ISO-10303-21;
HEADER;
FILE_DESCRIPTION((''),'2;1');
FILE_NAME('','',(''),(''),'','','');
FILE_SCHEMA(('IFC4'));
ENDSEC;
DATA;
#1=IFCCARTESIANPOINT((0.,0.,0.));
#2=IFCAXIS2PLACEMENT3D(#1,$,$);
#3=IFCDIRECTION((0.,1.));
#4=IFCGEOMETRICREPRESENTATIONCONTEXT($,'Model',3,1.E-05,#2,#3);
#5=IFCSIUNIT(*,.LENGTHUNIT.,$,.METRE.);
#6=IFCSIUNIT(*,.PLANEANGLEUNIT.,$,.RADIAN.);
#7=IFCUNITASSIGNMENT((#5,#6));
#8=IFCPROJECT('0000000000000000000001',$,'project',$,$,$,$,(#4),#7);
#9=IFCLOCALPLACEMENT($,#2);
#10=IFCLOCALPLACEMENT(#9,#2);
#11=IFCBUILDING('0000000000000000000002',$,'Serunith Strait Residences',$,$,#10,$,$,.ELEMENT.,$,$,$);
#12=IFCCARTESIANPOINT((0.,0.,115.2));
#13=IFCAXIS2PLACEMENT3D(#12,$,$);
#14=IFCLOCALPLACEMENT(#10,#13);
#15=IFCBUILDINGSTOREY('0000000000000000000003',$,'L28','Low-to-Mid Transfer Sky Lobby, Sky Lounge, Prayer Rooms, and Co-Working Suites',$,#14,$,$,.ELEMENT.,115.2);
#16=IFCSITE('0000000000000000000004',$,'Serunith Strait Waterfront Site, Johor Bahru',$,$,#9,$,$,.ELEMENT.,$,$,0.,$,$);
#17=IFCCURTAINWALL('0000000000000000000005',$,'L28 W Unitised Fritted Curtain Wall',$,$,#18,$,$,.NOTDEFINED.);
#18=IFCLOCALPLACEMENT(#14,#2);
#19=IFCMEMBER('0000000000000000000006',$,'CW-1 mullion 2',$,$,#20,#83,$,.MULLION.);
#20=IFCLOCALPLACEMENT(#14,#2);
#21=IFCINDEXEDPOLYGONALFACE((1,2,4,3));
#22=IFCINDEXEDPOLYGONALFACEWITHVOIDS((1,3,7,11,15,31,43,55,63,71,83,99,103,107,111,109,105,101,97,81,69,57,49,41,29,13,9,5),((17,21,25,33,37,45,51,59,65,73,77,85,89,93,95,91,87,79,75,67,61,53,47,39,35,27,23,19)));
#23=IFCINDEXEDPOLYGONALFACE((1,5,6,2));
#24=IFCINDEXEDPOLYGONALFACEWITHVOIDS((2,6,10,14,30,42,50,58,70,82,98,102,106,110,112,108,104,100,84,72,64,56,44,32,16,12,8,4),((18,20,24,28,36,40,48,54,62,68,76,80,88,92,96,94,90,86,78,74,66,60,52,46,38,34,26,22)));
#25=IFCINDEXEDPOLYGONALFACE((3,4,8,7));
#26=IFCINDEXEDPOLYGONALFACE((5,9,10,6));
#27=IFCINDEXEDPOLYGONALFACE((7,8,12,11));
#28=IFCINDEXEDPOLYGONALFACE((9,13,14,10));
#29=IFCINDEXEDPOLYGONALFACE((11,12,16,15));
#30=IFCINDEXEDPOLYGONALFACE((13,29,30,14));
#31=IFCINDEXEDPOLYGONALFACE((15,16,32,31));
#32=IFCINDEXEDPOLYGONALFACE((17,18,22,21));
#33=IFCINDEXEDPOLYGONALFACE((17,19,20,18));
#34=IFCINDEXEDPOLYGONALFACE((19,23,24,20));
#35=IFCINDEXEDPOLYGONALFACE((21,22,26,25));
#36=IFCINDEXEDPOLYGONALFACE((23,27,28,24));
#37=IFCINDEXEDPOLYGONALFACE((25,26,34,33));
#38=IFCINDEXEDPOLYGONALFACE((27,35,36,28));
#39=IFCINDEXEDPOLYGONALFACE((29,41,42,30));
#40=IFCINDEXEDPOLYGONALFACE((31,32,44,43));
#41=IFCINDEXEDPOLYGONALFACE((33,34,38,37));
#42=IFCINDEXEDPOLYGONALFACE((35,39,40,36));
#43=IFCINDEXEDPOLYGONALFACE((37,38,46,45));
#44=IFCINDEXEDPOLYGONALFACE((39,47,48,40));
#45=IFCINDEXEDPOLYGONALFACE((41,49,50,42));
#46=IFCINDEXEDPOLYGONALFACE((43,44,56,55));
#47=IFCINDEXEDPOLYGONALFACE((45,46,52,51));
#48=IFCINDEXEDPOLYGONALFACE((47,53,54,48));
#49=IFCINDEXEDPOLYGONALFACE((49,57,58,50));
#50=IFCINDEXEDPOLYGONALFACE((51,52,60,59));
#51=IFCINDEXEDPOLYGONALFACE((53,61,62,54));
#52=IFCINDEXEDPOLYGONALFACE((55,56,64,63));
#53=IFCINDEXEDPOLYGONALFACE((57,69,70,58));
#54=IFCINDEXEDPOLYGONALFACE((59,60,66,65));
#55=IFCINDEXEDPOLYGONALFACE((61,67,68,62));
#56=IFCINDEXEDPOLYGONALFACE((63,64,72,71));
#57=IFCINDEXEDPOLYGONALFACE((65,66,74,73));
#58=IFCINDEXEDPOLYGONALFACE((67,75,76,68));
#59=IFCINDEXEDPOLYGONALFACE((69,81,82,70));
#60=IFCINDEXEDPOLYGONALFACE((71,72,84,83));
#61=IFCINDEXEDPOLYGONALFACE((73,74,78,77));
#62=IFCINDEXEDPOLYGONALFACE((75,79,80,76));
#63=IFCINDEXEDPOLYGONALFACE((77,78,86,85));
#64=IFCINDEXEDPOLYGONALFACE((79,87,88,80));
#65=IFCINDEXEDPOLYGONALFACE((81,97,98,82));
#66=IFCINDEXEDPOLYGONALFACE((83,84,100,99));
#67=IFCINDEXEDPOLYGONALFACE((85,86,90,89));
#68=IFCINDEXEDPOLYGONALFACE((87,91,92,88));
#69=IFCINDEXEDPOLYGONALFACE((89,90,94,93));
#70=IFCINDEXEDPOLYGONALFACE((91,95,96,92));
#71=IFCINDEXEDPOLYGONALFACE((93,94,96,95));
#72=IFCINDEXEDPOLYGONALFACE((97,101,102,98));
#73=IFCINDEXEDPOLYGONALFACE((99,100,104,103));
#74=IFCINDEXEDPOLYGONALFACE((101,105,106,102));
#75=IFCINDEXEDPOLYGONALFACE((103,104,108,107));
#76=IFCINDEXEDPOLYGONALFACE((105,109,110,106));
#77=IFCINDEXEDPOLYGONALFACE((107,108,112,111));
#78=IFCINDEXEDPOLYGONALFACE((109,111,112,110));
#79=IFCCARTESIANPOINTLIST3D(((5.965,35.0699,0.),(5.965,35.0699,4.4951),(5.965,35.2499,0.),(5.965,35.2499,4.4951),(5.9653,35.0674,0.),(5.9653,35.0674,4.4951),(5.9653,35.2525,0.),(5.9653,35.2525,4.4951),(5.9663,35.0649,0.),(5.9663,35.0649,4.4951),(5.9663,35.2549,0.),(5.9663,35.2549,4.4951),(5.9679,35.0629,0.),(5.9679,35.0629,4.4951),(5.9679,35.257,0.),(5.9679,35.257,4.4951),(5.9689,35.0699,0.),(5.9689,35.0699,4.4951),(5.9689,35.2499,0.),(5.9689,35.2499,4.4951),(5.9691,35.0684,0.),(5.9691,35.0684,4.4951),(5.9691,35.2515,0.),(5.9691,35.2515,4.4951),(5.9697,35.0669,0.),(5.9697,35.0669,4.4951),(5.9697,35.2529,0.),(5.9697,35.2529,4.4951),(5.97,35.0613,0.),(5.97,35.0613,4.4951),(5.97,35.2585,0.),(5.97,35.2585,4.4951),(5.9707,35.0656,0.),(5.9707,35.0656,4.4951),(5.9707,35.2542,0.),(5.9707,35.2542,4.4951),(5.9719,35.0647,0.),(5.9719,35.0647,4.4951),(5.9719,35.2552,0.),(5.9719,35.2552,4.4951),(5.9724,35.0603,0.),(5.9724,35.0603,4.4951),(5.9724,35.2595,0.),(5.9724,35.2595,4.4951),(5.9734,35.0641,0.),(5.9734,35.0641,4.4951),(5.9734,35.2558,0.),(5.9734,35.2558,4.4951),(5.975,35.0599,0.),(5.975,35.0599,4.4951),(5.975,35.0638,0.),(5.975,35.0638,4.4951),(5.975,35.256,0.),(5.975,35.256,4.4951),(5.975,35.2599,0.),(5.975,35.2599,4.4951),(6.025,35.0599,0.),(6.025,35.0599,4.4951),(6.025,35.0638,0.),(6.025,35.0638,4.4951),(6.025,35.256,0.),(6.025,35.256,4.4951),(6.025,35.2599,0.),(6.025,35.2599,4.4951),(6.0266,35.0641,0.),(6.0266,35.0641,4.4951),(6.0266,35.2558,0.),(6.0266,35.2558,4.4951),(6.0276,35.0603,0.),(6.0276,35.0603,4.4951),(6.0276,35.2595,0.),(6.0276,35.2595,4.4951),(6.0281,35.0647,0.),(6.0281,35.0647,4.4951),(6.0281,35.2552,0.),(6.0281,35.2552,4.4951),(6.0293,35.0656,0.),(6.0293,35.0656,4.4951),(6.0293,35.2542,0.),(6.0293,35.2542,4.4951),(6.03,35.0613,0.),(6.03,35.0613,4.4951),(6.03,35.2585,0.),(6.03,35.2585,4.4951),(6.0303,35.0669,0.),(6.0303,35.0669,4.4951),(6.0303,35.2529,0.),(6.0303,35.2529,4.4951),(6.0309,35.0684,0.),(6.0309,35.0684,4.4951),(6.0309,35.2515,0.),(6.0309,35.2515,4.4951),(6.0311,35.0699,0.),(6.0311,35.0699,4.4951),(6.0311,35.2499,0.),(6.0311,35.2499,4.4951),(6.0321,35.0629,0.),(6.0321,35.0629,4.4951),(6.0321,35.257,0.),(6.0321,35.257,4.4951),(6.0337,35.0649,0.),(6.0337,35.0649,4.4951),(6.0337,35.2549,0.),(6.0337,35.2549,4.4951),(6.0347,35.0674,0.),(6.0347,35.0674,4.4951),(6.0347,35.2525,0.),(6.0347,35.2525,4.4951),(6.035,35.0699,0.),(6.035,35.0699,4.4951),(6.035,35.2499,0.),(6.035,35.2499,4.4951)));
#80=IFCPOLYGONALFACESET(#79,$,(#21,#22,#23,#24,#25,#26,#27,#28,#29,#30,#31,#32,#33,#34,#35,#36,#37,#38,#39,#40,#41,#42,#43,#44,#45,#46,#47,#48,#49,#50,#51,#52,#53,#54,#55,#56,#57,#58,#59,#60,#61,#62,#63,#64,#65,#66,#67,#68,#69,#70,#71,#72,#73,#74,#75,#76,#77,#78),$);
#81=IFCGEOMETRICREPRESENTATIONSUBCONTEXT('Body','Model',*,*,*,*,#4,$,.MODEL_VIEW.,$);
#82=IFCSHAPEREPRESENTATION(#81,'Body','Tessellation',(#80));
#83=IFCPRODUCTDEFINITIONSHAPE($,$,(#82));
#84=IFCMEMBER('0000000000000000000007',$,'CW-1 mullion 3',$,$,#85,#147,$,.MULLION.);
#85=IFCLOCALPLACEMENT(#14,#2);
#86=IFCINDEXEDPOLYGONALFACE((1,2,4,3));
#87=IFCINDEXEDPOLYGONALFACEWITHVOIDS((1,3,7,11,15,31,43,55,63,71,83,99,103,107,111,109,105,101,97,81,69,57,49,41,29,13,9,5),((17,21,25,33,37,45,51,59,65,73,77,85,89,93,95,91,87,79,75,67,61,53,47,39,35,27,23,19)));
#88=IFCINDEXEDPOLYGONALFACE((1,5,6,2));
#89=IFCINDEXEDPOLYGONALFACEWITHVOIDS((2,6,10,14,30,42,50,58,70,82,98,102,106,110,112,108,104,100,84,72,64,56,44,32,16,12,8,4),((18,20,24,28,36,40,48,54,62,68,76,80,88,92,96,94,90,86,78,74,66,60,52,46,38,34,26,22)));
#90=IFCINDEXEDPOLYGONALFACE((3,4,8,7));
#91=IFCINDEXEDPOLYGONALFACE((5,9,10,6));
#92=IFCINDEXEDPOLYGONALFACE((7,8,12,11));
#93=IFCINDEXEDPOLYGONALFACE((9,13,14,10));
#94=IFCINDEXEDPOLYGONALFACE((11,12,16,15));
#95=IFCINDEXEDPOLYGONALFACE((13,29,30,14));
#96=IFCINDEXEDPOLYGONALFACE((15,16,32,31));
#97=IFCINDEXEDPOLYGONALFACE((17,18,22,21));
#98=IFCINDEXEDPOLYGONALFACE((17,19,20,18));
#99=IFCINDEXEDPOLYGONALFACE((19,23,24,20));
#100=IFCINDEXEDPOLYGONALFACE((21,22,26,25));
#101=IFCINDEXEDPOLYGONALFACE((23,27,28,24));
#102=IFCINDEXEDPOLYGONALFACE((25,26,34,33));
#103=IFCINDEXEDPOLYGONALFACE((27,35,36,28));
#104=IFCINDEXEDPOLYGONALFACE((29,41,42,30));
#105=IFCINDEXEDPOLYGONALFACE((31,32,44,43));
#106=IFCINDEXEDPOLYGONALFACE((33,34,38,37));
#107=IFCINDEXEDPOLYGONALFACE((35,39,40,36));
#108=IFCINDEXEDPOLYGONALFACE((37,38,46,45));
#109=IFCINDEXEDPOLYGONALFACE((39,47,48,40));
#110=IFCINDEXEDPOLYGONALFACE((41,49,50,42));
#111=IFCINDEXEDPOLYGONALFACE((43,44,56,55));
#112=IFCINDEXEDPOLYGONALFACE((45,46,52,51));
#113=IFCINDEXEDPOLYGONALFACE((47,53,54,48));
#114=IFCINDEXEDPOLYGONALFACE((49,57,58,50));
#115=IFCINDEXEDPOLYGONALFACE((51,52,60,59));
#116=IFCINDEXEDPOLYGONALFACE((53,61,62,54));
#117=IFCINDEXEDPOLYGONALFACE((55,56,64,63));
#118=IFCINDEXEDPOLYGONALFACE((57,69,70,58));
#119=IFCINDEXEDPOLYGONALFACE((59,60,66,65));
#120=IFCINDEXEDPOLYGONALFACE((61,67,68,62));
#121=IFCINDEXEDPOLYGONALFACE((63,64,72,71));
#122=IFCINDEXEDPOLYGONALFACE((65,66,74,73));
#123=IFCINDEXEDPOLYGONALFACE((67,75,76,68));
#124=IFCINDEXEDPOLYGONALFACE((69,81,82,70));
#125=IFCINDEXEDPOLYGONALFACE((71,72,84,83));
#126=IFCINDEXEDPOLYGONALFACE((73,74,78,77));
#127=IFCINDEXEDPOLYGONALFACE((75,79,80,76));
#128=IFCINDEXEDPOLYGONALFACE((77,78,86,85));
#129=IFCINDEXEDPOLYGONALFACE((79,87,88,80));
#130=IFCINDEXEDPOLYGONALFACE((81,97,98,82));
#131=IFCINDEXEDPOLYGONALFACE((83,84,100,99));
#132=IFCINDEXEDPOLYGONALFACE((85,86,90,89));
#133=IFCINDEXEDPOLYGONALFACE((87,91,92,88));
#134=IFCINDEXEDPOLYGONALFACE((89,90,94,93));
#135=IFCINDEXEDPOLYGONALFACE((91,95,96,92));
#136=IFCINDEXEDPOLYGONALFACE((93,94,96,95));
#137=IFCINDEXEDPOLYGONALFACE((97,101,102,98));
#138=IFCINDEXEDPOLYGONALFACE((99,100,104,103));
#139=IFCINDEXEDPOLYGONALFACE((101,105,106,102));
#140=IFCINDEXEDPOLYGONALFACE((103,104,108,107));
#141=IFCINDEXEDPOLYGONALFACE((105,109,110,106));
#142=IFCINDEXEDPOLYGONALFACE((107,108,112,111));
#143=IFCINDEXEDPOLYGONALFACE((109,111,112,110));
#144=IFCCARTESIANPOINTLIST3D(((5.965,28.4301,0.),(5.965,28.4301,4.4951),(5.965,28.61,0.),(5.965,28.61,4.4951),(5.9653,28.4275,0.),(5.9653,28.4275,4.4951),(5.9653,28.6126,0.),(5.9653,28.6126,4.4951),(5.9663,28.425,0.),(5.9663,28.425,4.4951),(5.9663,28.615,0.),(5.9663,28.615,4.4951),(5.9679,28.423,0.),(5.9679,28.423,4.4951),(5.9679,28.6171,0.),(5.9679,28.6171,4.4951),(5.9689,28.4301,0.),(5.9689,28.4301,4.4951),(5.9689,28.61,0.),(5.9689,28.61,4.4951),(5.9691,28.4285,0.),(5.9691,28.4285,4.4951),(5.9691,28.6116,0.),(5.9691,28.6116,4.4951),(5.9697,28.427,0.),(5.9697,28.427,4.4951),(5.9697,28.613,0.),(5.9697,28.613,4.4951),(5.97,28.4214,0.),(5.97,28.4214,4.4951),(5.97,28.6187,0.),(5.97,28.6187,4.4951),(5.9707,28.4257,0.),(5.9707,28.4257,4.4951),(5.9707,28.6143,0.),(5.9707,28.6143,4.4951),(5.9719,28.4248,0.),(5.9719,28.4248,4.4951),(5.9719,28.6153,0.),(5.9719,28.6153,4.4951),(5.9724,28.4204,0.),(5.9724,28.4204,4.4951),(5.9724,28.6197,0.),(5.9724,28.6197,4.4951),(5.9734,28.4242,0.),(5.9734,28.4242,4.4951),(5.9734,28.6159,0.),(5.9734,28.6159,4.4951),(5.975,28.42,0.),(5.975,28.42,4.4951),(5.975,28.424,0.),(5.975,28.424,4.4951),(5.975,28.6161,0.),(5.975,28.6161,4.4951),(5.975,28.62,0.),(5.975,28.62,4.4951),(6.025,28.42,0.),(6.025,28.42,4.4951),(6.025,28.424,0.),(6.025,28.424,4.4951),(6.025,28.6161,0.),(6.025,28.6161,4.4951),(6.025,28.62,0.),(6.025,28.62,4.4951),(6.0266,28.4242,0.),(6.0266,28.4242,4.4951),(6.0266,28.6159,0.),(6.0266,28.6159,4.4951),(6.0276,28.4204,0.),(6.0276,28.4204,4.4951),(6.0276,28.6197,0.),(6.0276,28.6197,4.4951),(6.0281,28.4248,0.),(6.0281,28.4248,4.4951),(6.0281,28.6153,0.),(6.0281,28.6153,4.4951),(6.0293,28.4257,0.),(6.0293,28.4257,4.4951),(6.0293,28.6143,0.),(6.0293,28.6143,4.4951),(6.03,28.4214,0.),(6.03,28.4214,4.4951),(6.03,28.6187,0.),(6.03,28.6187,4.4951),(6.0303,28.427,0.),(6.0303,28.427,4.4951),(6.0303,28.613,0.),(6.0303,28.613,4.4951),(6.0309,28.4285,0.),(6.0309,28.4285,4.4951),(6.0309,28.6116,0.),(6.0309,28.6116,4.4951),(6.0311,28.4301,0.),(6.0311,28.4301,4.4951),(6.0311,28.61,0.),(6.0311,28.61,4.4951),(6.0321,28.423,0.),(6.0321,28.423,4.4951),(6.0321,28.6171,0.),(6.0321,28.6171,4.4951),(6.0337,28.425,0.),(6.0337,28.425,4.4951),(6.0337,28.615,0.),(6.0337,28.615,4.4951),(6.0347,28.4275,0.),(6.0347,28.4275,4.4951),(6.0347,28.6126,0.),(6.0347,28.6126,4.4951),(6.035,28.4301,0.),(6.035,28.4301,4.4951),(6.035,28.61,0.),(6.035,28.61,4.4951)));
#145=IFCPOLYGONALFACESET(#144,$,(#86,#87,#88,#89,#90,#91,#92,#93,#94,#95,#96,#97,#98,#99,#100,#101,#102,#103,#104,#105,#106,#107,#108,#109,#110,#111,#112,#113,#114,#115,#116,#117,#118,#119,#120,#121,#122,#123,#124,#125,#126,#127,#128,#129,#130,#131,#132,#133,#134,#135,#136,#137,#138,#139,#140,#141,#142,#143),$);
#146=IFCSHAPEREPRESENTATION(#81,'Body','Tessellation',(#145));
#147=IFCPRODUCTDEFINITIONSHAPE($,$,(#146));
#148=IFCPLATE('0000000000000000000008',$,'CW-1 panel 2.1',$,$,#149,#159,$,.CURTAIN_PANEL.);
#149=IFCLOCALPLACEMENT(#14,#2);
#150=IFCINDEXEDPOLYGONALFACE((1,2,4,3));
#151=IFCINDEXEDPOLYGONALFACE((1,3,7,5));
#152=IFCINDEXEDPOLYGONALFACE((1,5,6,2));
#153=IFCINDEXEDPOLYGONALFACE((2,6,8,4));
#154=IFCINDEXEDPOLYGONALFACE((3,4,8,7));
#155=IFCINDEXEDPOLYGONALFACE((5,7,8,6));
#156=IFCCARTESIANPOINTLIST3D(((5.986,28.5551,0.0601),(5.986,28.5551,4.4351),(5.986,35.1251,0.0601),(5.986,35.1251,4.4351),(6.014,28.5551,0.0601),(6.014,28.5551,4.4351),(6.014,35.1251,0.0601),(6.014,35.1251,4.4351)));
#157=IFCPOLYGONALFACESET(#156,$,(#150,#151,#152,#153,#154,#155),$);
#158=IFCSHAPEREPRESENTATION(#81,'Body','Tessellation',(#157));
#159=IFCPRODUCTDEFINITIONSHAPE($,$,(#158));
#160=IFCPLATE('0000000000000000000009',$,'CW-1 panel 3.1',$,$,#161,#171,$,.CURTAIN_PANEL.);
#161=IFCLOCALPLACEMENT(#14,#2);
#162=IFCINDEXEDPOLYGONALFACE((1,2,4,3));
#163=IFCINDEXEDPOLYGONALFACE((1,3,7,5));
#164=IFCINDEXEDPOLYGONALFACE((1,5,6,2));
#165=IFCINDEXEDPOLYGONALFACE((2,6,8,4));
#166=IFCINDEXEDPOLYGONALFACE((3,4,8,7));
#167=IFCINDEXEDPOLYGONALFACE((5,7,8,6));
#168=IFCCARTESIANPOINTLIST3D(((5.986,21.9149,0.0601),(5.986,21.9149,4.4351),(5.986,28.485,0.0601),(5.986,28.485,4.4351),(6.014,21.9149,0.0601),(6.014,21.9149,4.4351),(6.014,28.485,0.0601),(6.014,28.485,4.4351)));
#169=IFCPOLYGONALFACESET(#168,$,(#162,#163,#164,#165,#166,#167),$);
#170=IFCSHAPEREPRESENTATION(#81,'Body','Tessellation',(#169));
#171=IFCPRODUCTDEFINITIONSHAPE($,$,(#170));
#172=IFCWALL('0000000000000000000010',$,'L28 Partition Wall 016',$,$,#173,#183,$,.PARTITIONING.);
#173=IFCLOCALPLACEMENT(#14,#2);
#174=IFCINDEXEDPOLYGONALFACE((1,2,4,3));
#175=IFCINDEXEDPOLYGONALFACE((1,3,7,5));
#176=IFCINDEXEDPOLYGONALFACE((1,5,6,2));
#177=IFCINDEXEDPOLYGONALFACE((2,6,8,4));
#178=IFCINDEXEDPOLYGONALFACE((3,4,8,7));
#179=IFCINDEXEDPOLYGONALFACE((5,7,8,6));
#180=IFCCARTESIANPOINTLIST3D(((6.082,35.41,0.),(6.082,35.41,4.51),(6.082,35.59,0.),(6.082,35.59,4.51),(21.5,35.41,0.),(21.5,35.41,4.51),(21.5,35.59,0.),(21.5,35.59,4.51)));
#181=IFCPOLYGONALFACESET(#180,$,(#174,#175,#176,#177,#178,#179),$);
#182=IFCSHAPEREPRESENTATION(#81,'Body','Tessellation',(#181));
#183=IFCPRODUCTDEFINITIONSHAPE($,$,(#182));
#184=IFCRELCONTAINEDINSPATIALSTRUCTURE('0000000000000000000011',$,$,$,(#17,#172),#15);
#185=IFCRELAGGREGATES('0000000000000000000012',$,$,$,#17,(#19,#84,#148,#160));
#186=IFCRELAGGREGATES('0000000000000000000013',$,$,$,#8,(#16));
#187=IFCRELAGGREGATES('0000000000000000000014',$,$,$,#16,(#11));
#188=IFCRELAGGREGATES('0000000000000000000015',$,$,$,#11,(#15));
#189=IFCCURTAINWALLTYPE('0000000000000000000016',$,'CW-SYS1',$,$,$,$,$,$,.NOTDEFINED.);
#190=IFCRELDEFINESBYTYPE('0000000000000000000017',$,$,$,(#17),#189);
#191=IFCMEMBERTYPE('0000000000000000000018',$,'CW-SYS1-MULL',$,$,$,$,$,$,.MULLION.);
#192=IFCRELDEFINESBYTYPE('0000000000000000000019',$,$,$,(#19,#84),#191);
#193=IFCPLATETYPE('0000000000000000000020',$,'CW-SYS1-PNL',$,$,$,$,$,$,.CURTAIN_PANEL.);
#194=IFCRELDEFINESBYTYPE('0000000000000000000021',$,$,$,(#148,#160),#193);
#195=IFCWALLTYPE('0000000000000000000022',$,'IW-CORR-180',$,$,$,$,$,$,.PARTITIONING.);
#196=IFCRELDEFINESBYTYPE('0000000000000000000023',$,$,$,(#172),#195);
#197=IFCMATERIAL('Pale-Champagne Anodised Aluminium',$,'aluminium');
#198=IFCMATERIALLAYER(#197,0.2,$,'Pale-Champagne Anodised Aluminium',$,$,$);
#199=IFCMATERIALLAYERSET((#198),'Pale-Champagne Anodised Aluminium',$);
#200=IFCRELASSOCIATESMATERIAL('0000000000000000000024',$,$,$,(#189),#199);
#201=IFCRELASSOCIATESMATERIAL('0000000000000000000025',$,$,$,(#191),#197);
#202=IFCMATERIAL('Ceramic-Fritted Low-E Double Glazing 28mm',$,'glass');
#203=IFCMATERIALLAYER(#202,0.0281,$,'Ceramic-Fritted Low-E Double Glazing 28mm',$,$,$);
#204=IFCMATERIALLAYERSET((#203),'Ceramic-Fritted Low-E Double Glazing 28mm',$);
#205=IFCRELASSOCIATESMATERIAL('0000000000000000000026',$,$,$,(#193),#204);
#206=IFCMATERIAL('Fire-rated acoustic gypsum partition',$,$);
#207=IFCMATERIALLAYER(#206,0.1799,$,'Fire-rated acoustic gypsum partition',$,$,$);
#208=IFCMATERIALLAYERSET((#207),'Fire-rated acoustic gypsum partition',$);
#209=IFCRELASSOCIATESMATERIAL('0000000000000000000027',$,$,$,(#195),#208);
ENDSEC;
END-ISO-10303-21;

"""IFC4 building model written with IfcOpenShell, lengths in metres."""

from ifc_helpers import new_model, si_unit, direction, frame, frame_2d, origin, origin_2d, place, context, subcontext, project, spatial, rectangle, hollow_rectangle, extrude, source, transform, mapped, material, layer, layer_set, material_profile, profile_set, type_object, element, aggregate, save


model = new_model("IFC4")

# Units and contexts
model_context = context("Model", 3, precision=1e-05, world=origin(), true_north=direction((0.0, 1.0)))
body_context = subcontext(model_context, "Body", "Model", "MODEL_VIEW")
ifc_project = project(units=[si_unit("LENGTHUNIT", "METRE"), si_unit("PLANEANGLEUNIT", "RADIAN")], contexts=[model_context])

# Site, building, storey
site_placement = place(None, origin())
site = spatial("IfcSite", under=ifc_project, at=site_placement, Name="Serunith Strait Waterfront Site, Johor Bahru", CompositionType="ELEMENT", RefElevation=0.0)
building_placement = place(site_placement, origin())
building = spatial("IfcBuilding", under=site, at=building_placement, Name="Serunith Strait Residences", CompositionType="ELEMENT")
storey_placement = place(building_placement, frame((0.0, 0.0, 115.2)))
storey = spatial("IfcBuildingStorey", under=building, at=storey_placement, Name="L28", Description="Low-to-Mid Transfer Sky Lobby, Sky Lounge, Prayer Rooms, and Co-Working Suites", CompositionType="ELEMENT", Elevation=115.2)

# Curtain wall, members, plates
ifc_material_1 = material(Name="Pale-Champagne Anodised Aluminium", Category="aluminium")
ifc_layer_1 = layer(ifc_material_1, 0.2, Name="Pale-Champagne Anodised Aluminium")
ifc_layer_set_1 = layer_set([ifc_layer_1], Name="Pale-Champagne Anodised Aluminium")
curtain_wall_type = type_object("IfcCurtainWallType", Name="CW-SYS1", PredefinedType="NOTDEFINED", material=ifc_layer_set_1)
curtain_wall_placement = place(storey_placement, origin())
curtain_wall = element("IfcCurtainWall", 1, at=curtain_wall_placement, inside=storey, type_object=curtain_wall_type, Name="L28 W Unitised Fritted Curtain Wall", PredefinedType="NOTDEFINED")
ifc_material_profile_1 = material_profile(ifc_material_1, hollow_rectangle(XDim=0.0701, YDim=0.2, WallThickness=0.0039, InnerFilletRadius=0.0061, OuterFilletRadius=0.01, at=origin_2d()), Name="ALU 200x70x4")
ifc_profile_set_1 = profile_set([ifc_material_profile_1], Name="Pale-Champagne Anodised Aluminium")
member_type_1 = type_object("IfcMemberType", Name="CW-SYS1-MULL", PredefinedType="MULLION", material=ifc_profile_set_1)
shared_shape_1 = source(origin(), body_context, "Body", "SweptSolid", [
    extrude(hollow_rectangle(XDim=0.0701, YDim=0.2, WallThickness=0.0039, InnerFilletRadius=0.0061, OuterFilletRadius=0.01, at=origin_2d()), origin(), (0.0, 0.0, 1.0), 4.4951),
])
member_1_placement = place(storey_placement, frame((6.0, 35.1599, 0.0), z_axis=(0.0, 0.0, 1.0), x_axis=(1.0, 0.0, 0.0)))
member_1 = element("IfcMember", 2, at=member_1_placement, type_object=member_type_1, Name="CW-1 mullion 2", PredefinedType="MULLION", context=body_context, shape_type="MappedRepresentation", body=[
    mapped(shared_shape_1, transform((0.0, 0.0, 0.0), scale=1.0)),
])
member_2_placement = place(storey_placement, frame((6.0, 28.52, 0.0), z_axis=(0.0, 0.0, 1.0), x_axis=(1.0, 0.0, 0.0)))
member_2 = element("IfcMember", 3, at=member_2_placement, type_object=member_type_1, Name="CW-1 mullion 3", PredefinedType="MULLION", context=body_context, shape_type="MappedRepresentation", body=[
    mapped(shared_shape_1, transform((0.0, 0.0, 0.0), scale=1.0)),
])
ifc_material_2 = material(Name="Ceramic-Fritted Low-E Double Glazing 28mm", Category="glass")
ifc_layer_2 = layer(ifc_material_2, 0.0281, Name="Ceramic-Fritted Low-E Double Glazing 28mm")
ifc_layer_set_2 = layer_set([ifc_layer_2], Name="Ceramic-Fritted Low-E Double Glazing 28mm")
plate_type = type_object("IfcPlateType", Name="CW-SYS1-PNL", PredefinedType="CURTAIN_PANEL", material=ifc_layer_set_2)
shared_shape_2 = source(origin(), body_context, "Body", "SweptSolid", [
    extrude(rectangle(XDim=6.5701, YDim=0.0281, at=origin_2d()), origin(), (0.0, 0.0, 1.0), 4.375),
])
plate_1_placement = place(storey_placement, frame((6.0, 31.8401, 0.0601), z_axis=(0.0, 0.0, 1.0), x_axis=(0.0, -1.0, 0.0)))
plate_1 = element("IfcPlate", 4, at=plate_1_placement, type_object=plate_type, Name="CW-1 panel 2.1", PredefinedType="CURTAIN_PANEL", context=body_context, shape_type="MappedRepresentation", body=[
    mapped(shared_shape_2, transform((0.0, 0.0, 0.0), scale=1.0)),
])
plate_2_placement = place(storey_placement, frame((6.0, 25.2, 0.0601), z_axis=(0.0, 0.0, 1.0), x_axis=(0.0, -1.0, 0.0)))
plate_2 = element("IfcPlate", 5, at=plate_2_placement, type_object=plate_type, Name="CW-1 panel 3.1", PredefinedType="CURTAIN_PANEL", context=body_context, shape_type="MappedRepresentation", body=[
    mapped(shared_shape_2, transform((0.0, 0.0, 0.0), scale=1.0)),
])
aggregate(curtain_wall, [member_1, member_2, plate_1, plate_2])

# Wall
ifc_material_3 = material(Name="Fire-rated acoustic gypsum partition")
ifc_layer_3 = layer(ifc_material_3, 0.1799, Name="Fire-rated acoustic gypsum partition")
ifc_layer_set_3 = layer_set([ifc_layer_3], Name="Fire-rated acoustic gypsum partition")
wall_type_1 = type_object("IfcWallType", Name="IW-CORR-180", PredefinedType="PARTITIONING", material=ifc_layer_set_3)
wall_1_placement = place(storey_placement, frame((6.082, 35.5, 0.0), z_axis=(0.0, 0.0, 1.0), x_axis=(1.0, 0.0, 0.0)))
element("IfcWall", 6, at=wall_1_placement, inside=storey, type_object=wall_type_1, Name="L28 Partition Wall 016", PredefinedType="PARTITIONING", context=body_context, shape_type="SweptSolid", body=[
    extrude(rectangle(XDim=15.418, YDim=0.1799, at=frame_2d((7.709, 0.0))), origin(), (0.0, 0.0, 1.0), 4.51),
])

save(model, "model.ifc")
